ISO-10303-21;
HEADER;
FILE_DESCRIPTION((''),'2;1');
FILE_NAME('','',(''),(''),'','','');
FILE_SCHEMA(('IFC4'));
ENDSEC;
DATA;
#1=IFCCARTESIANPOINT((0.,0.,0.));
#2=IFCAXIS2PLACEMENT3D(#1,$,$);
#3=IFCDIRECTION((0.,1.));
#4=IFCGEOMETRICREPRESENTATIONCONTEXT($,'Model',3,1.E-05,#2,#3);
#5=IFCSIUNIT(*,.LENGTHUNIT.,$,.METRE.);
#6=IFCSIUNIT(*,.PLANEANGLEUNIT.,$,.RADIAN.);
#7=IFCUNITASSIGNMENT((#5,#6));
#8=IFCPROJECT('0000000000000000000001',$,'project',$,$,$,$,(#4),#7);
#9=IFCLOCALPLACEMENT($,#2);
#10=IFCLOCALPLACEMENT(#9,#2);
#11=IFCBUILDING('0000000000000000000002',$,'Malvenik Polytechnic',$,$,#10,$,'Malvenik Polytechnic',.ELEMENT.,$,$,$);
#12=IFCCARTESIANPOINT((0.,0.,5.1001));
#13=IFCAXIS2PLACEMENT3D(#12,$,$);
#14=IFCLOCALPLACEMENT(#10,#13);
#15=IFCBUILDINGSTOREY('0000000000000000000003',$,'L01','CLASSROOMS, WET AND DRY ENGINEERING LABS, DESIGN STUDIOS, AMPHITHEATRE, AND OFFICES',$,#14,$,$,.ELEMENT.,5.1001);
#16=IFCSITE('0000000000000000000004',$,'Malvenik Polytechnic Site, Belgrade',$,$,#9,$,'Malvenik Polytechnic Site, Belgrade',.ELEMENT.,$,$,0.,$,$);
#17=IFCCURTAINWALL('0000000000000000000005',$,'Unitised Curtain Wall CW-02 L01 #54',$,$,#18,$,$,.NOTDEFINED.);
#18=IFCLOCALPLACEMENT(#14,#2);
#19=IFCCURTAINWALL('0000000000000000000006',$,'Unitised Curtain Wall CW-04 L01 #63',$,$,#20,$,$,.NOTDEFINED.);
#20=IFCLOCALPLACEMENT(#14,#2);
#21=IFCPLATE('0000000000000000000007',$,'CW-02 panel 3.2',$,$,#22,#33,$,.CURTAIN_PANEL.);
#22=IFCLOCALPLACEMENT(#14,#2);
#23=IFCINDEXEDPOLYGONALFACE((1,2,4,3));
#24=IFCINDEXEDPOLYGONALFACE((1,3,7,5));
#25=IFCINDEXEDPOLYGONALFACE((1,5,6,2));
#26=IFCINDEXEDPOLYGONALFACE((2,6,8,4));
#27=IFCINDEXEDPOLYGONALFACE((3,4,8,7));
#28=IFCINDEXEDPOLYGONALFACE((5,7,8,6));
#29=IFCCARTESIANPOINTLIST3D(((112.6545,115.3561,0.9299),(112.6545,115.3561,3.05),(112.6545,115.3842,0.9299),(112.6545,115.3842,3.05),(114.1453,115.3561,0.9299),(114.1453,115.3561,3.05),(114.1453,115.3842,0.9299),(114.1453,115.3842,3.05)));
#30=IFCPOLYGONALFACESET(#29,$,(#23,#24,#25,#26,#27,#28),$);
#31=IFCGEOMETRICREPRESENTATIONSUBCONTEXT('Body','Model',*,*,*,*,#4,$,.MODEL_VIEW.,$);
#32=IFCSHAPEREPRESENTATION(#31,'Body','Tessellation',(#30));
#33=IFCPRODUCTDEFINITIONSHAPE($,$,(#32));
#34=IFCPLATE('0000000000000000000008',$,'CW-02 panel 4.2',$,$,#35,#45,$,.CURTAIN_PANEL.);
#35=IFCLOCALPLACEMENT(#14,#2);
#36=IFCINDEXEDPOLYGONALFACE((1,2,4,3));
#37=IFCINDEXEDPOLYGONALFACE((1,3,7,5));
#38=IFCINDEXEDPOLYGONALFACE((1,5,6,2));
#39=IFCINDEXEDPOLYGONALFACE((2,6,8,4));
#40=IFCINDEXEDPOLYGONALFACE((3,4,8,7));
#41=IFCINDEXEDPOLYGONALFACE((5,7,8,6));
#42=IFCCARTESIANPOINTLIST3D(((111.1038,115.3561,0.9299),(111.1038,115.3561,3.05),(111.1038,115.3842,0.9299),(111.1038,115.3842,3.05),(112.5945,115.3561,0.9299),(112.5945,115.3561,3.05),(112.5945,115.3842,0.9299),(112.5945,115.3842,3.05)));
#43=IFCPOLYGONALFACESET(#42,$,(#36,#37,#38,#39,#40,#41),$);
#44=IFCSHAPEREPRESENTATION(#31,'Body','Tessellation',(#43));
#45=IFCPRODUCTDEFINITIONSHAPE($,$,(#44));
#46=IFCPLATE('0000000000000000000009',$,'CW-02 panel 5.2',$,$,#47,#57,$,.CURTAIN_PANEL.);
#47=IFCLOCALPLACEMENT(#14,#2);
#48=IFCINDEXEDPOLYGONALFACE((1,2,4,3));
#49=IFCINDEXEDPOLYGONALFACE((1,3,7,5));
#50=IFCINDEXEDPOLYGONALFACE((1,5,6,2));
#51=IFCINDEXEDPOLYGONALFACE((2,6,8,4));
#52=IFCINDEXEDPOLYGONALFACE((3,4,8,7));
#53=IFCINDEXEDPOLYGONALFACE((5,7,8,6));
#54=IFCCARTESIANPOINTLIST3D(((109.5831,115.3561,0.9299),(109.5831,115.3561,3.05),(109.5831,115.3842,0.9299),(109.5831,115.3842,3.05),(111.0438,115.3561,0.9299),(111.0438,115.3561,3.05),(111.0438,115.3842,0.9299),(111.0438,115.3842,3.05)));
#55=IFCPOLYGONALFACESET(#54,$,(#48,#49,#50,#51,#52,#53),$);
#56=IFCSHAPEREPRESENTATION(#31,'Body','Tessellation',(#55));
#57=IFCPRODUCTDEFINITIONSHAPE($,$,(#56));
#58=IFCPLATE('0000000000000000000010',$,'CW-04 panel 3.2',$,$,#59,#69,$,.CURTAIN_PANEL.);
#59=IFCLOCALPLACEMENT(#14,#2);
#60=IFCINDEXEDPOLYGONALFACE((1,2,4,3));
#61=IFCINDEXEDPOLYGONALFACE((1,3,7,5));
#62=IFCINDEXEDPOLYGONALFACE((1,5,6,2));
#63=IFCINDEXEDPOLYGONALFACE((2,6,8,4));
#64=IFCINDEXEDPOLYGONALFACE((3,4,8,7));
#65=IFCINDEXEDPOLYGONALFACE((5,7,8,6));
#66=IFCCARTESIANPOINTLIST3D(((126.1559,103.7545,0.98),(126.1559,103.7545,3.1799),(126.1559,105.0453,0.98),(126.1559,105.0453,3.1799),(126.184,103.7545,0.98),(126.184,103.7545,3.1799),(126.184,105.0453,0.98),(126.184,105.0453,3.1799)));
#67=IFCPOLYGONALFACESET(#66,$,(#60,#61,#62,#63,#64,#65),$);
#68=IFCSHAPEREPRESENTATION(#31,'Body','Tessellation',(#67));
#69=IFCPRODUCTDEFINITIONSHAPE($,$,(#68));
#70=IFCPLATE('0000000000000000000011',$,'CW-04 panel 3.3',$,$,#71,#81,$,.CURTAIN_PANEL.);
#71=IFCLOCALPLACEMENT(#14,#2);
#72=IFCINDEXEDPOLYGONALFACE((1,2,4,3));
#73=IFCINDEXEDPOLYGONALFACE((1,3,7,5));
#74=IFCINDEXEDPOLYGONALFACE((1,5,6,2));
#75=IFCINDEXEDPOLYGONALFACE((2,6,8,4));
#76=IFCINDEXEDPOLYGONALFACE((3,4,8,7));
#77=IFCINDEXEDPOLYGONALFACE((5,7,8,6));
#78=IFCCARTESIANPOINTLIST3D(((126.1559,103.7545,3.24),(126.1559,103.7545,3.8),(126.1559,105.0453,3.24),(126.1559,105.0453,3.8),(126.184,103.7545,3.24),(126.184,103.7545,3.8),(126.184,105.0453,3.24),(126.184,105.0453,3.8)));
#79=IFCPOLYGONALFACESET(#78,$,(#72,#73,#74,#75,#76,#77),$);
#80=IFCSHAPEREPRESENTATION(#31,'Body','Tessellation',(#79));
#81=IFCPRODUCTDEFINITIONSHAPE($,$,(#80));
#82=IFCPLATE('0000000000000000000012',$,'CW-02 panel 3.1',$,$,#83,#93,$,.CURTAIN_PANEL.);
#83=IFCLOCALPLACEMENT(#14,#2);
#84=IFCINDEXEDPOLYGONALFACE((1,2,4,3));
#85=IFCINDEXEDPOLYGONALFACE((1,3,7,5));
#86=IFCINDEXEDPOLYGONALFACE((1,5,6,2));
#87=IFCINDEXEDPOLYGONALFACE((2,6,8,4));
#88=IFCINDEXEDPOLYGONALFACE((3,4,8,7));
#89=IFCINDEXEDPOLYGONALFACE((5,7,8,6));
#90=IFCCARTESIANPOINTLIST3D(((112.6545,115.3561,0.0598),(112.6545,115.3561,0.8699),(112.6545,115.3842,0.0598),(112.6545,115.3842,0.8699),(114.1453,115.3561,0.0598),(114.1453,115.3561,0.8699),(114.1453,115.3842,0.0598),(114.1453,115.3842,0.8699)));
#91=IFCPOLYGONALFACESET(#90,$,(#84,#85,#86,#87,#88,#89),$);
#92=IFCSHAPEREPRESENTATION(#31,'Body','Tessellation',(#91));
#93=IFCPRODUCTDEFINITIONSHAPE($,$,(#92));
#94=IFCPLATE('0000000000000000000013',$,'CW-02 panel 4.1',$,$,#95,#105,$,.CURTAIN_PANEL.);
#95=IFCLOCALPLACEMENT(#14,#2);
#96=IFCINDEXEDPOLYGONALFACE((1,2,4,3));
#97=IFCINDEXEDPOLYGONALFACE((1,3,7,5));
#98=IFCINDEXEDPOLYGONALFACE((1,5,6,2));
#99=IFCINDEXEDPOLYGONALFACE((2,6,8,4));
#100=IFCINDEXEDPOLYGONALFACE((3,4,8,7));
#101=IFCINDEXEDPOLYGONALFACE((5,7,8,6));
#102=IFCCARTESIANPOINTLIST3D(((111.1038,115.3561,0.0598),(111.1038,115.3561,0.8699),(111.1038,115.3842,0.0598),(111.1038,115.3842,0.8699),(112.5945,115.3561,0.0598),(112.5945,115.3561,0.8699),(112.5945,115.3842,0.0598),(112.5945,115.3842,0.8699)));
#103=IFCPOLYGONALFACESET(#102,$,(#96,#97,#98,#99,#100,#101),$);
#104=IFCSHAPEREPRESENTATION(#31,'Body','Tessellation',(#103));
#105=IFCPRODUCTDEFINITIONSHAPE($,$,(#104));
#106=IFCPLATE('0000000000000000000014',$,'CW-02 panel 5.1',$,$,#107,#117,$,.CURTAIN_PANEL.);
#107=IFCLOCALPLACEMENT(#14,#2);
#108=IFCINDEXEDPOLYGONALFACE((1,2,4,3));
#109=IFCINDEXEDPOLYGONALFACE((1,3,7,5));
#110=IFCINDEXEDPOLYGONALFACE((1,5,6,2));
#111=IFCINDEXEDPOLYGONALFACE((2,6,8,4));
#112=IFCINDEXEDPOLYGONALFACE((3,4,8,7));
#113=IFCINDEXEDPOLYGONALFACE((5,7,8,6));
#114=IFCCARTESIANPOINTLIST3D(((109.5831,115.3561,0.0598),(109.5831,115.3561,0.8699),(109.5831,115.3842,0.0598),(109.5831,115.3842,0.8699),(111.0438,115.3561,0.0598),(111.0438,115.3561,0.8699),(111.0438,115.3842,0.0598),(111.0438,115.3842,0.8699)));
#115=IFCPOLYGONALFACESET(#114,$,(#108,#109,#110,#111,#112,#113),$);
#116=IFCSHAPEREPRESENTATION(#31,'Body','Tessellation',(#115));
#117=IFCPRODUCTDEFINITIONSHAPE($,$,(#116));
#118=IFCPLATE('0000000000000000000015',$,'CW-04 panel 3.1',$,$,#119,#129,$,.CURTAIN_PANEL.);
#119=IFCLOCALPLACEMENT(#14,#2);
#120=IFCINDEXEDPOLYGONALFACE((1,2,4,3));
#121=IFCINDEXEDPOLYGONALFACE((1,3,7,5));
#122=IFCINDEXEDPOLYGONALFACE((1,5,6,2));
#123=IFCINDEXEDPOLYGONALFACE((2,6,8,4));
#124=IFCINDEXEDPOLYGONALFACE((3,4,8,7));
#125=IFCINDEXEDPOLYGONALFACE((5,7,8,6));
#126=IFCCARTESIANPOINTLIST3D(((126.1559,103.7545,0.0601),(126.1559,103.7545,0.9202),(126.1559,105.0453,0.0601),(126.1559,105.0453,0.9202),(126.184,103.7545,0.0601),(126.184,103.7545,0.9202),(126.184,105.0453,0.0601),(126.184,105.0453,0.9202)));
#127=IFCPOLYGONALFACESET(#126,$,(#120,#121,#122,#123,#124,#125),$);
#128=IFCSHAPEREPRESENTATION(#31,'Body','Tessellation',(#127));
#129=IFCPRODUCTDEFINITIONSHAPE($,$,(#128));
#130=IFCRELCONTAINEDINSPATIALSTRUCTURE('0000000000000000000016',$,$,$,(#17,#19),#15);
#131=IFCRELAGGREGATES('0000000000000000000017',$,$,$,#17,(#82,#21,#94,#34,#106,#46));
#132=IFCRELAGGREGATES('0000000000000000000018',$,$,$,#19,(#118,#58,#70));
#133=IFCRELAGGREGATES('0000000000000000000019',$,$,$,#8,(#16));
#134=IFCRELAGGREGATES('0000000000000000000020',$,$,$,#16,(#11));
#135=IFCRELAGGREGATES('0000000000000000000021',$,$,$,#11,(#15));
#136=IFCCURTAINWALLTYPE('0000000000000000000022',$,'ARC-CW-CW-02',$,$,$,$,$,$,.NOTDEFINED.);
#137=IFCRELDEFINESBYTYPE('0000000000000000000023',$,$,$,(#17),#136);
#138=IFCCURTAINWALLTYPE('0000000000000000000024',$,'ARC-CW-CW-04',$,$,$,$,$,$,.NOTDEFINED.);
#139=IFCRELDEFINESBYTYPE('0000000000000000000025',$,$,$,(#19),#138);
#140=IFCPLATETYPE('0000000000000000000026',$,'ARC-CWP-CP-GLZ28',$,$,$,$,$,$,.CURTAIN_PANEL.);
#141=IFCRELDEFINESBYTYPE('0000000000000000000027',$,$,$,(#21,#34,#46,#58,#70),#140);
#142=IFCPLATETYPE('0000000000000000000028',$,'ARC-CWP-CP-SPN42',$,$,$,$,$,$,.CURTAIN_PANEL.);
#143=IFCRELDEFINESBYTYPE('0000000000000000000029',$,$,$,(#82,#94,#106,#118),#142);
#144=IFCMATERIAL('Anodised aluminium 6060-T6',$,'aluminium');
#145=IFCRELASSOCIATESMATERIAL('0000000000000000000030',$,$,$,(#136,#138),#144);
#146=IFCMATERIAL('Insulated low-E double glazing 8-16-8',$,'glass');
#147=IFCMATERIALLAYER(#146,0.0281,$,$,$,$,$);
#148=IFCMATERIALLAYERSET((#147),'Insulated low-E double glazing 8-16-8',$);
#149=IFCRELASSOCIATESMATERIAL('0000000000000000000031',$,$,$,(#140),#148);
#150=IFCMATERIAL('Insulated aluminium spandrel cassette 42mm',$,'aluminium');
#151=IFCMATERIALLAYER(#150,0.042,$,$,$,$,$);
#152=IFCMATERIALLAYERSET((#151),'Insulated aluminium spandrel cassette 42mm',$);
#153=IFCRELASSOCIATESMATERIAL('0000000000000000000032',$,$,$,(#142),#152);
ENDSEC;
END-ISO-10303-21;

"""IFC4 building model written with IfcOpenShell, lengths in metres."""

from ifc_helpers import new_model, si_unit, direction, frame, origin, origin_2d, place, context, subcontext, project, spatial, rectangle, extrude, material, layer, layer_set, type_object, element, aggregate, save


model = new_model("IFC4")

# Units and contexts
model_context = context("Model", 3, precision=1e-05, world=origin(), true_north=direction((0.0, 1.0)))
body_context = subcontext(model_context, "Body", "Model", "MODEL_VIEW")
ifc_project = project(units=[si_unit("LENGTHUNIT", "METRE"), si_unit("PLANEANGLEUNIT", "RADIAN")], contexts=[model_context])

# Site, building, storey
site_placement = place(None, origin())
site = spatial("IfcSite", under=ifc_project, at=site_placement, Name="Malvenik Polytechnic Site, Belgrade", LongName="Malvenik Polytechnic Site, Belgrade", CompositionType="ELEMENT", RefElevation=0.0)
building_placement = place(site_placement, origin())
building = spatial("IfcBuilding", under=site, at=building_placement, Name="Malvenik Polytechnic", LongName="Malvenik Polytechnic", CompositionType="ELEMENT")
storey_placement = place(building_placement, frame((0.0, 0.0, 5.1001)))
storey = spatial("IfcBuildingStorey", under=building, at=storey_placement, Name="L01", Description="CLASSROOMS, WET AND DRY ENGINEERING LABS, DESIGN STUDIOS, AMPHITHEATRE, AND OFFICES", CompositionType="ELEMENT", Elevation=5.1001)

# Curtain walls
ifc_material_1 = material(Name="Anodised aluminium 6060-T6", Category="aluminium")
curtain_wall_type_1 = type_object("IfcCurtainWallType", Name="ARC-CW-CW-02", PredefinedType="NOTDEFINED", material=ifc_material_1)
curtain_wall_1_placement = place(storey_placement, origin())
curtain_wall_1 = element("IfcCurtainWall", 1, at=curtain_wall_1_placement, inside=storey, type_object=curtain_wall_type_1, Name="Unitised Curtain Wall CW-02 L01 #54", PredefinedType="NOTDEFINED")
curtain_wall_type_2 = type_object("IfcCurtainWallType", Name="ARC-CW-CW-04", PredefinedType="NOTDEFINED", material=ifc_material_1)
curtain_wall_2_placement = place(storey_placement, origin())
curtain_wall_2 = element("IfcCurtainWall", 2, at=curtain_wall_2_placement, inside=storey, type_object=curtain_wall_type_2, Name="Unitised Curtain Wall CW-04 L01 #63", PredefinedType="NOTDEFINED")

# Plates
ifc_material_2 = material(Name="Insulated low-E double glazing 8-16-8", Category="glass")
ifc_layer_1 = layer(ifc_material_2, 0.0281)
ifc_layer_set_1 = layer_set([ifc_layer_1], Name="Insulated low-E double glazing 8-16-8")
plate_type_1 = type_object("IfcPlateType", Name="ARC-CWP-CP-GLZ28", PredefinedType="CURTAIN_PANEL", material=ifc_layer_set_1)
plate_1_placement = place(storey_placement, frame((113.3999, 115.3701, 0.9299), z_axis=(0.0, 0.0, 1.0), x_axis=(-1.0, 0.0, 0.0)))
plate_1 = element("IfcPlate", 3, at=plate_1_placement, type_object=plate_type_1, Name="CW-02 panel 3.2", PredefinedType="CURTAIN_PANEL", context=body_context, shape_type="SweptSolid", body=[
    extrude(rectangle(XDim=1.4907, YDim=0.0281, at=origin_2d()), origin(), (0.0, 0.0, 1.0), 2.1201),
])
plate_2_placement = place(storey_placement, frame((111.8491, 115.3701, 0.9299), z_axis=(0.0, 0.0, 1.0), x_axis=(-1.0, 0.0, 0.0)))
plate_2 = element("IfcPlate", 4, at=plate_2_placement, type_object=plate_type_1, Name="CW-02 panel 4.2", PredefinedType="CURTAIN_PANEL", context=body_context, shape_type="SweptSolid", body=[
    extrude(rectangle(XDim=1.4907, YDim=0.0281, at=origin_2d()), origin(), (0.0, 0.0, 1.0), 2.1201),
])
plate_3_placement = place(storey_placement, frame((110.3135, 115.3701, 0.9299), z_axis=(0.0, 0.0, 1.0), x_axis=(-1.0, 0.0, 0.0)))
plate_3 = element("IfcPlate", 5, at=plate_3_placement, type_object=plate_type_1, Name="CW-02 panel 5.2", PredefinedType="CURTAIN_PANEL", context=body_context, shape_type="SweptSolid", body=[
    extrude(rectangle(XDim=1.4607, YDim=0.0281, at=origin_2d()), origin(), (0.0, 0.0, 1.0), 2.1201),
])
plate_4_placement = place(storey_placement, frame((126.1699, 104.3999, 0.98), z_axis=(0.0, 0.0, 1.0), x_axis=(0.0, 1.0, 0.0)))
plate_4 = element("IfcPlate", 6, at=plate_4_placement, type_object=plate_type_1, Name="CW-04 panel 3.2", PredefinedType="CURTAIN_PANEL", context=body_context, shape_type="SweptSolid", body=[
    extrude(rectangle(XDim=1.2908, YDim=0.0281, at=origin_2d()), origin(), (0.0, 0.0, 1.0), 2.2),
])
plate_5_placement = place(storey_placement, frame((126.1699, 104.3999, 3.24), z_axis=(0.0, 0.0, 1.0), x_axis=(0.0, 1.0, 0.0)))
plate_5 = element("IfcPlate", 7, at=plate_5_placement, type_object=plate_type_1, Name="CW-04 panel 3.3", PredefinedType="CURTAIN_PANEL", context=body_context, shape_type="SweptSolid", body=[
    extrude(rectangle(XDim=1.2908, YDim=0.0281, at=origin_2d()), origin(), (0.0, 0.0, 1.0), 0.5601),
])
ifc_material_3 = material(Name="Insulated aluminium spandrel cassette 42mm", Category="aluminium")
ifc_layer_2 = layer(ifc_material_3, 0.042)
ifc_layer_set_2 = layer_set([ifc_layer_2], Name="Insulated aluminium spandrel cassette 42mm")
plate_type_2 = type_object("IfcPlateType", Name="ARC-CWP-CP-SPN42", PredefinedType="CURTAIN_PANEL", material=ifc_layer_set_2)
plate_6_placement = place(storey_placement, frame((113.3999, 115.3701, 0.0598), z_axis=(0.0, 0.0, 1.0), x_axis=(-1.0, 0.0, 0.0)))
plate_6 = element("IfcPlate", 8, at=plate_6_placement, type_object=plate_type_2, Name="CW-02 panel 3.1", PredefinedType="CURTAIN_PANEL", context=body_context, shape_type="SweptSolid", body=[
    extrude(rectangle(XDim=1.4907, YDim=0.0281, at=origin_2d()), origin(), (0.0, 0.0, 1.0), 0.8101),
])
plate_7_placement = place(storey_placement, frame((111.8491, 115.3701, 0.0598), z_axis=(0.0, 0.0, 1.0), x_axis=(-1.0, 0.0, 0.0)))
plate_7 = element("IfcPlate", 9, at=plate_7_placement, type_object=plate_type_2, Name="CW-02 panel 4.1", PredefinedType="CURTAIN_PANEL", context=body_context, shape_type="SweptSolid", body=[
    extrude(rectangle(XDim=1.4907, YDim=0.0281, at=origin_2d()), origin(), (0.0, 0.0, 1.0), 0.8101),
])
plate_8_placement = place(storey_placement, frame((110.3135, 115.3701, 0.0598), z_axis=(0.0, 0.0, 1.0), x_axis=(-1.0, 0.0, 0.0)))
plate_8 = element("IfcPlate", 10, at=plate_8_placement, type_object=plate_type_2, Name="CW-02 panel 5.1", PredefinedType="CURTAIN_PANEL", context=body_context, shape_type="SweptSolid", body=[
    extrude(rectangle(XDim=1.4607, YDim=0.0281, at=origin_2d()), origin(), (0.0, 0.0, 1.0), 0.8101),
])
aggregate(curtain_wall_1, [plate_6, plate_1, plate_7, plate_2, plate_8, plate_3])
plate_9_placement = place(storey_placement, frame((126.1699, 104.3999, 0.0601), z_axis=(0.0, 0.0, 1.0), x_axis=(0.0, 1.0, 0.0)))
plate_9 = element("IfcPlate", 11, at=plate_9_placement, type_object=plate_type_2, Name="CW-04 panel 3.1", PredefinedType="CURTAIN_PANEL", context=body_context, shape_type="SweptSolid", body=[
    extrude(rectangle(XDim=1.2908, YDim=0.0281, at=origin_2d()), origin(), (0.0, 0.0, 1.0), 0.8601),
])
aggregate(curtain_wall_2, [plate_9, plate_4, plate_5])

save(model, "model.ifc")
